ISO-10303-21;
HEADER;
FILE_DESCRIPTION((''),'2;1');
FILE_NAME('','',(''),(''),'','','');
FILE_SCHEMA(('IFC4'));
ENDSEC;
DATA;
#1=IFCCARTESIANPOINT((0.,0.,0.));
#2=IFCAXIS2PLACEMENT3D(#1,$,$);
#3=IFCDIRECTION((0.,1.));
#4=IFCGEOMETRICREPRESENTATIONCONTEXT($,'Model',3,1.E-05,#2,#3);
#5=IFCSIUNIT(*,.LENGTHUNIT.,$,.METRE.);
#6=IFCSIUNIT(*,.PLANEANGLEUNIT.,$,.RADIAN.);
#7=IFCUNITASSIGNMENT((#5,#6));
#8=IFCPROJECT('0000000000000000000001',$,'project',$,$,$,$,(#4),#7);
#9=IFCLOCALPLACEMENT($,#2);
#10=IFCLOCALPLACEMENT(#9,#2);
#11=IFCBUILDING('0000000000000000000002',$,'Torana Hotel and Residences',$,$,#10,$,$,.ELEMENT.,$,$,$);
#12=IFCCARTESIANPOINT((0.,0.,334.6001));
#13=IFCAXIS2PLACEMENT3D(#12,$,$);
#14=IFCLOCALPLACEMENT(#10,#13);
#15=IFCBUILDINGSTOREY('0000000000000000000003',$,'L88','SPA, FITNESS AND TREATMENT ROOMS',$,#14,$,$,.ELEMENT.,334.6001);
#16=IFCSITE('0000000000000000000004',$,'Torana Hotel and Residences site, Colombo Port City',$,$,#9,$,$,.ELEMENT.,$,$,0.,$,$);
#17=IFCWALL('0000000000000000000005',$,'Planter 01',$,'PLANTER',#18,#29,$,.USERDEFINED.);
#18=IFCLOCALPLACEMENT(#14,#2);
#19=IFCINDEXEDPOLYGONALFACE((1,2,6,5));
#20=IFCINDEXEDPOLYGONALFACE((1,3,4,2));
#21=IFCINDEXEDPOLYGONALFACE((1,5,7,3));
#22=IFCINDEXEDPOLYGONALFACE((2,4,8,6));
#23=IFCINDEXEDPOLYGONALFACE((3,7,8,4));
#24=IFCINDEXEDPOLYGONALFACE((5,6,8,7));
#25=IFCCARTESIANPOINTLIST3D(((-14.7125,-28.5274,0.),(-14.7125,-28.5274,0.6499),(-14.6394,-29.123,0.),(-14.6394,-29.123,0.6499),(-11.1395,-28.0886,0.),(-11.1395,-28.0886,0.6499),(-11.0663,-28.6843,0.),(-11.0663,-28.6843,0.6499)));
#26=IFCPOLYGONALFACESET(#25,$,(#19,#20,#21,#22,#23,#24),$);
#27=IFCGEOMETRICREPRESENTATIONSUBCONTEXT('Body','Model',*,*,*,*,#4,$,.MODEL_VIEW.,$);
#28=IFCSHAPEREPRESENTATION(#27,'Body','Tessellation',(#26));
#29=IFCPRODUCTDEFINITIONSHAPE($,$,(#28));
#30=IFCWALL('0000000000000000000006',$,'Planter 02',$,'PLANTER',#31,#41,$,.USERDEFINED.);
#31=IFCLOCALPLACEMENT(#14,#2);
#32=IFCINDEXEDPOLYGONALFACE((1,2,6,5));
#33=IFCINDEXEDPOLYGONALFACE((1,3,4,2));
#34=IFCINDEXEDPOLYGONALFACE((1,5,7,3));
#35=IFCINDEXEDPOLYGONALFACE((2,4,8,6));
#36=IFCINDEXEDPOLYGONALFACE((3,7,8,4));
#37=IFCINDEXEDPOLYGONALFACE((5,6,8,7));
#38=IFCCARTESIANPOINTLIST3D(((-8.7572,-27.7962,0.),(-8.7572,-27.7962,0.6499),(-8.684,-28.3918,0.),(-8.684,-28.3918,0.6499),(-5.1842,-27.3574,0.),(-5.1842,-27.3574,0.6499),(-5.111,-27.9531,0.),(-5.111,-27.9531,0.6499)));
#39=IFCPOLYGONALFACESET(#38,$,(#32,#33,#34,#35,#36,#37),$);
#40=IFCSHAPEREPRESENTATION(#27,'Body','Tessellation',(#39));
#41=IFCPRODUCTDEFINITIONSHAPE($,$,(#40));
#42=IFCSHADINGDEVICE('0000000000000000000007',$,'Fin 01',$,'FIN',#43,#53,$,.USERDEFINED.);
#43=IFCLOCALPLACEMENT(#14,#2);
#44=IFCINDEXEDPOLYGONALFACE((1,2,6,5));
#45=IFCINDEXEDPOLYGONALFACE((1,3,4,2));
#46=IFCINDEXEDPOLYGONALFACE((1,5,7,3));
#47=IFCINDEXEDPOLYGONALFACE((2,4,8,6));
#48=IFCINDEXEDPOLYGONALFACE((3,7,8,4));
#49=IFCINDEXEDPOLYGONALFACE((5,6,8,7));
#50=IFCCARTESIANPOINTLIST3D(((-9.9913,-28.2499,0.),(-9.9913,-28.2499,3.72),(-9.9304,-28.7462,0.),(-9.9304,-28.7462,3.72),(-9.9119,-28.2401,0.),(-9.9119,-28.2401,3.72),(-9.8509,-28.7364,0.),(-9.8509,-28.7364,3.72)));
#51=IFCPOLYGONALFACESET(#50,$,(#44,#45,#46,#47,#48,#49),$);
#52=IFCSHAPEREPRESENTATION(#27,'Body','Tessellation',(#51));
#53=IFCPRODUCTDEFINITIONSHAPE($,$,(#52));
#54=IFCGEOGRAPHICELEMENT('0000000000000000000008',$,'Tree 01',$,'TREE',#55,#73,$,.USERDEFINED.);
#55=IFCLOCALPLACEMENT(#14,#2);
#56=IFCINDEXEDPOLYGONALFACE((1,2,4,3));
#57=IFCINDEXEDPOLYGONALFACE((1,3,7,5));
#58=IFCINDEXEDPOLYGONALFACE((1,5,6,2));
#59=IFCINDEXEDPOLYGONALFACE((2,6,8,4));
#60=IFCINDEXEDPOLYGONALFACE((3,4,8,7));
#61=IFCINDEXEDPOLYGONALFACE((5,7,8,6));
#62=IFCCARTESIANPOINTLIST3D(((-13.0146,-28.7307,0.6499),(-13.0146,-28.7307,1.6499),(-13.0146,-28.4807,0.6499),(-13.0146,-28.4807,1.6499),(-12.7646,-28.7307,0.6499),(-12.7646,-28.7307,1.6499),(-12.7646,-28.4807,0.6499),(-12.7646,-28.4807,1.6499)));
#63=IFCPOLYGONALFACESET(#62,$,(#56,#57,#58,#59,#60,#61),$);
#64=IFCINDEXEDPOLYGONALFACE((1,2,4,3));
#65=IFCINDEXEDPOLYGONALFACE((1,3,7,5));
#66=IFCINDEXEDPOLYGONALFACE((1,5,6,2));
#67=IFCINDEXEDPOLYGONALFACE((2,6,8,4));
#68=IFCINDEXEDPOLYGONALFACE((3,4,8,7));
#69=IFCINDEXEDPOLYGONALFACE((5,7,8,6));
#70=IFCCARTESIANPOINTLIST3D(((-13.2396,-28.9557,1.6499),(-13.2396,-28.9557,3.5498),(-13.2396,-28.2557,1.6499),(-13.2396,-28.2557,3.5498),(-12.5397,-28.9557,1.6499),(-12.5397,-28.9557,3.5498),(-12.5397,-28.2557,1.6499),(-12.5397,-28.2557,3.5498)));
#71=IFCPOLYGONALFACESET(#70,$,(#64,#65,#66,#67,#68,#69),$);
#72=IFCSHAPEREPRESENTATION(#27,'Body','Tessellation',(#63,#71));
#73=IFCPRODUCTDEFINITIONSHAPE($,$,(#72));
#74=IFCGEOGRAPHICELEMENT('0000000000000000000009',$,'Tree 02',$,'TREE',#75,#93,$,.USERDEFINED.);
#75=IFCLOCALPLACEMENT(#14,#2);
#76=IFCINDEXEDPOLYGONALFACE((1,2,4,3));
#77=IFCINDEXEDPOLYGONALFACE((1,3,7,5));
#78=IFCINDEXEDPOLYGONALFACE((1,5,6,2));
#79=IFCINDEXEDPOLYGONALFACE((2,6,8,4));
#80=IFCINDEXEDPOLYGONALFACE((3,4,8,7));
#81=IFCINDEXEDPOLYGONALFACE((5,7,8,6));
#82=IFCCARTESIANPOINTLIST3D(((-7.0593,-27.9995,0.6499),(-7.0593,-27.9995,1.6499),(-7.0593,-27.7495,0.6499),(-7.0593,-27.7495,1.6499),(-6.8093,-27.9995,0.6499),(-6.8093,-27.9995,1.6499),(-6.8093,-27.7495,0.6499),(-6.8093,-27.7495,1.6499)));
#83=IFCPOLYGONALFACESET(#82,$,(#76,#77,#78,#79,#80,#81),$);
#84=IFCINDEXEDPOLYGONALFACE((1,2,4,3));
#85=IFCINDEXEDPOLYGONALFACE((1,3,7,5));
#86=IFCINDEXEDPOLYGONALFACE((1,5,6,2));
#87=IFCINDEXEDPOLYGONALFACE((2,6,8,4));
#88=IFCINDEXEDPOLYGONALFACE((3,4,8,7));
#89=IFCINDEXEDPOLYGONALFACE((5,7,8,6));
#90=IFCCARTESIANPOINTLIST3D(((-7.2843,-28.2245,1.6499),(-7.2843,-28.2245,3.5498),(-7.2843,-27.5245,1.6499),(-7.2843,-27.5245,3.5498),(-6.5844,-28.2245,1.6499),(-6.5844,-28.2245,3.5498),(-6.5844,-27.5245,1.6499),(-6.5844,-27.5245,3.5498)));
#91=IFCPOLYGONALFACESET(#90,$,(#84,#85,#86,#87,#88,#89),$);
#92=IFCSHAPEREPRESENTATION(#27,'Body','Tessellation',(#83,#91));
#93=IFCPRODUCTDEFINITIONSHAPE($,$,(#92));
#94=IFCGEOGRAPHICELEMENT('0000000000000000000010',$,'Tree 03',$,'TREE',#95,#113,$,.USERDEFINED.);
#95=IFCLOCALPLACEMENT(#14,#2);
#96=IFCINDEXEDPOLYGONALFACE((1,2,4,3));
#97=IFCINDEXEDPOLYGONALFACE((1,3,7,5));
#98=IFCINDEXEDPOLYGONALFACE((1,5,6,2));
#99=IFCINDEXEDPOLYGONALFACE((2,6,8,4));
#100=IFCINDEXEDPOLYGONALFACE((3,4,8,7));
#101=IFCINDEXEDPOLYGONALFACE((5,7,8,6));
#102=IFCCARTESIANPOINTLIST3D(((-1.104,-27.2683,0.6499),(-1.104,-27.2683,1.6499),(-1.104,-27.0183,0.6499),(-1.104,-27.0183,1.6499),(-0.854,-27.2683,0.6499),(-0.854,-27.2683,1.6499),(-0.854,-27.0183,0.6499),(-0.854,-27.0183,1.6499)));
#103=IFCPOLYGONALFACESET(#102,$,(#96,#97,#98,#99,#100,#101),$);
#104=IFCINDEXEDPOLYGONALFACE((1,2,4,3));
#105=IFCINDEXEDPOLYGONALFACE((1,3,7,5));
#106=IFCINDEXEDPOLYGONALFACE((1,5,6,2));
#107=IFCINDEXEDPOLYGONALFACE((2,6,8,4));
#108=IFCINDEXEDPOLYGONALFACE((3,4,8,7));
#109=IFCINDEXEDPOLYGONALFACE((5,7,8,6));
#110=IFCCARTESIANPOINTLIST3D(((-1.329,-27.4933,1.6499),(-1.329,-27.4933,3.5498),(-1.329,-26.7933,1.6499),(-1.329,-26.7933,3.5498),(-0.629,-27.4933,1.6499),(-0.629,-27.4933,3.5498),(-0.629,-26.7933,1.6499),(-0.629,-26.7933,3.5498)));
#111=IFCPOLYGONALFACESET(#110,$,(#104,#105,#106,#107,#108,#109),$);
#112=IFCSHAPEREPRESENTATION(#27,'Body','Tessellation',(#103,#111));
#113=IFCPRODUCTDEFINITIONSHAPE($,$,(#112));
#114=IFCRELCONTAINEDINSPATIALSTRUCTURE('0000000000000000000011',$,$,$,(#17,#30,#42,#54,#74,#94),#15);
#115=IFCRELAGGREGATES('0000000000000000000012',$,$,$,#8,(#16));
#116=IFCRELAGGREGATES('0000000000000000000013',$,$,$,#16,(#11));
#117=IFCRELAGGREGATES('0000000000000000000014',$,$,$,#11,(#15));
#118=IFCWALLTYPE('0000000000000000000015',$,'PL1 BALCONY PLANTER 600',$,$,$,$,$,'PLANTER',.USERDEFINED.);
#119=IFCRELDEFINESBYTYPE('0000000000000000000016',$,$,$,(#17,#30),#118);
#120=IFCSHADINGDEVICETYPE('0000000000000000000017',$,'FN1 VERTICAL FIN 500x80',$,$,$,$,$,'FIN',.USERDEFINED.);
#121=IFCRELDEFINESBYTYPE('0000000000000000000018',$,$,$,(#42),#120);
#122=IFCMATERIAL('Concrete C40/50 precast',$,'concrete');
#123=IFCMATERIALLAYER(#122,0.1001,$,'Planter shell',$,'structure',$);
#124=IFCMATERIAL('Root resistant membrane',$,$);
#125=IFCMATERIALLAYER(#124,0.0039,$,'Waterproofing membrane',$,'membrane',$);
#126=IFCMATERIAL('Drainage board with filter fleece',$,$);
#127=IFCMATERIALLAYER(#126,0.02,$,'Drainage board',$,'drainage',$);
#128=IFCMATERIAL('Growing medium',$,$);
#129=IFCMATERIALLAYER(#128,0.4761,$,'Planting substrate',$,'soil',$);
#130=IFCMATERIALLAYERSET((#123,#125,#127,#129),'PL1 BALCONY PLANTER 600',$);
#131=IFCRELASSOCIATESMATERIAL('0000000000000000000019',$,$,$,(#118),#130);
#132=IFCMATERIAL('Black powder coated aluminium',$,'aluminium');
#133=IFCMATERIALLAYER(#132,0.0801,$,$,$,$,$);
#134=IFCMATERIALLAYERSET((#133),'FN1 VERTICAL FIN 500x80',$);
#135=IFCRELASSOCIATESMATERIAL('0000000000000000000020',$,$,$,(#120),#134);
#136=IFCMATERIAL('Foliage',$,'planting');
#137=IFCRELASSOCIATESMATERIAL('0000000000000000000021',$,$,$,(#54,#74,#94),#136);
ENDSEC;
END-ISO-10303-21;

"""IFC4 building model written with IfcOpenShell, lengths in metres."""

from ifc_helpers import new_model, si_unit, direction, frame, frame_2d, origin, origin_2d, place, context, subcontext, project, spatial, rectangle, extrude, material, layer, layer_set, type_object, element, save


model = new_model("IFC4")

# Units and contexts
model_context = context("Model", 3, precision=1e-05, world=origin(), true_north=direction((0.0, 1.0)))
body_context = subcontext(model_context, "Body", "Model", "MODEL_VIEW")
ifc_project = project(units=[si_unit("LENGTHUNIT", "METRE"), si_unit("PLANEANGLEUNIT", "RADIAN")], contexts=[model_context])

# Site, building, storey
site_placement = place(None, origin())
site = spatial("IfcSite", under=ifc_project, at=site_placement, Name="Torana Hotel and Residences site, Colombo Port City", CompositionType="ELEMENT", RefElevation=0.0)
building_placement = place(site_placement, origin())
building = spatial("IfcBuilding", under=site, at=building_placement, Name="Torana Hotel and Residences", CompositionType="ELEMENT")
storey_placement = place(building_placement, frame((0.0, 0.0, 334.6001)))
storey = spatial("IfcBuildingStorey", under=building, at=storey_placement, Name="L88", Description="SPA, FITNESS AND TREATMENT ROOMS", CompositionType="ELEMENT", Elevation=334.6001)

# Walls
ifc_material_1 = material(Name="Concrete C40/50 precast", Category="concrete")
ifc_layer_1 = layer(ifc_material_1, 0.1001, Name="Planter shell", Category="structure")
ifc_material_2 = material(Name="Root resistant membrane")
ifc_layer_2 = layer(ifc_material_2, 0.0039, Name="Waterproofing membrane", Category="membrane")
ifc_material_3 = material(Name="Drainage board with filter fleece")
ifc_layer_3 = layer(ifc_material_3, 0.02, Name="Drainage board", Category="drainage")
ifc_material_4 = material(Name="Growing medium")
ifc_layer_4 = layer(ifc_material_4, 0.4761, Name="Planting substrate", Category="soil")
ifc_layer_set_1 = layer_set([ifc_layer_1, ifc_layer_2, ifc_layer_3, ifc_layer_4], Name="PL1 BALCONY PLANTER 600")
wall_type_1 = type_object("IfcWallType", Name="PL1 BALCONY PLANTER 600", ElementType="PLANTER", PredefinedType="USERDEFINED", material=ifc_layer_set_1)
for number, where, z_axis, x_axis, name in (
    (1, (-11.103, -28.3865, 0.0), (0.0, 0.0, 1.0), (-0.992546, -0.121873, 0.0), "Planter 01"),
    (2, (-5.1477, -27.6553, 0.0), (0.0, 0.0, 1.0), (-0.992546, -0.121873, 0.0), "Planter 02"),
):
    element("IfcWall", number, at=place(storey_placement, frame(where, z_axis=z_axis, x_axis=x_axis)), inside=storey, type_object=wall_type_1, Name=name, ObjectType="PLANTER", PredefinedType="USERDEFINED", context=body_context, shape_type="SweptSolid", body=[
        extrude(rectangle(XDim=3.5999, YDim=0.6001, at=frame_2d((1.7998, 0.0))), origin(), (0.0, 0.0, 1.0), 0.6499),
    ])

# Shading device
ifc_material_5 = material(Name="Black powder coated aluminium", Category="aluminium")
ifc_layer_5 = layer(ifc_material_5, 0.0801)
ifc_layer_set_2 = layer_set([ifc_layer_5], Name="FN1 VERTICAL FIN 500x80")
shading_device_type = type_object("IfcShadingDeviceType", Name="FN1 VERTICAL FIN 500x80", ElementType="FIN", PredefinedType="USERDEFINED", material=ifc_layer_set_2)
shading_device_placement = place(storey_placement, frame((-9.9211, -28.4932, 0.0), z_axis=(0.0, 0.0, 1.0), x_axis=(-0.992547, -0.121866, 0.0)))
element("IfcShadingDevice", 3, at=shading_device_placement, inside=storey, type_object=shading_device_type, Name="Fin 01", ObjectType="FIN", PredefinedType="USERDEFINED", context=body_context, shape_type="SweptSolid", body=[
    extrude(rectangle(XDim=0.0801, YDim=0.5, at=origin_2d()), origin(), (0.0, 0.0, 1.0), 3.72),
])

# Geographic elements
ifc_material_6 = material(Name="Foliage", Category="planting")
for number, where, z_axis, x_axis, name in (
    (4, (-12.8896, -28.6057, 0.6499), (0.0, 0.0, 1.0), (1.0, 0.0, 0.0), "Tree 01"),
    (5, (-6.9343, -27.8745, 0.6499), (0.0, 0.0, 1.0), (1.0, 0.0, 0.0), "Tree 02"),
    (6, (-0.979, -27.1433, 0.6499), (0.0, 0.0, 1.0), (1.0, 0.0, 0.0), "Tree 03"),
):
    element("IfcGeographicElement", number, at=place(storey_placement, frame(where, z_axis=z_axis, x_axis=x_axis)), inside=storey, material=ifc_material_6, Name=name, ObjectType="TREE", PredefinedType="USERDEFINED", context=body_context, shape_type="SweptSolid", body=[
        extrude(rectangle(XDim=0.25, YDim=0.25, at=origin_2d()), origin(), (0.0, 0.0, 1.0), 1.0),
        extrude(rectangle(XDim=0.7, YDim=0.7, at=origin_2d()), frame((0.0, 0.0, 1.0)), (0.0, 0.0, 1.0), 1.8999),
    ])

save(model, "model.ifc")
